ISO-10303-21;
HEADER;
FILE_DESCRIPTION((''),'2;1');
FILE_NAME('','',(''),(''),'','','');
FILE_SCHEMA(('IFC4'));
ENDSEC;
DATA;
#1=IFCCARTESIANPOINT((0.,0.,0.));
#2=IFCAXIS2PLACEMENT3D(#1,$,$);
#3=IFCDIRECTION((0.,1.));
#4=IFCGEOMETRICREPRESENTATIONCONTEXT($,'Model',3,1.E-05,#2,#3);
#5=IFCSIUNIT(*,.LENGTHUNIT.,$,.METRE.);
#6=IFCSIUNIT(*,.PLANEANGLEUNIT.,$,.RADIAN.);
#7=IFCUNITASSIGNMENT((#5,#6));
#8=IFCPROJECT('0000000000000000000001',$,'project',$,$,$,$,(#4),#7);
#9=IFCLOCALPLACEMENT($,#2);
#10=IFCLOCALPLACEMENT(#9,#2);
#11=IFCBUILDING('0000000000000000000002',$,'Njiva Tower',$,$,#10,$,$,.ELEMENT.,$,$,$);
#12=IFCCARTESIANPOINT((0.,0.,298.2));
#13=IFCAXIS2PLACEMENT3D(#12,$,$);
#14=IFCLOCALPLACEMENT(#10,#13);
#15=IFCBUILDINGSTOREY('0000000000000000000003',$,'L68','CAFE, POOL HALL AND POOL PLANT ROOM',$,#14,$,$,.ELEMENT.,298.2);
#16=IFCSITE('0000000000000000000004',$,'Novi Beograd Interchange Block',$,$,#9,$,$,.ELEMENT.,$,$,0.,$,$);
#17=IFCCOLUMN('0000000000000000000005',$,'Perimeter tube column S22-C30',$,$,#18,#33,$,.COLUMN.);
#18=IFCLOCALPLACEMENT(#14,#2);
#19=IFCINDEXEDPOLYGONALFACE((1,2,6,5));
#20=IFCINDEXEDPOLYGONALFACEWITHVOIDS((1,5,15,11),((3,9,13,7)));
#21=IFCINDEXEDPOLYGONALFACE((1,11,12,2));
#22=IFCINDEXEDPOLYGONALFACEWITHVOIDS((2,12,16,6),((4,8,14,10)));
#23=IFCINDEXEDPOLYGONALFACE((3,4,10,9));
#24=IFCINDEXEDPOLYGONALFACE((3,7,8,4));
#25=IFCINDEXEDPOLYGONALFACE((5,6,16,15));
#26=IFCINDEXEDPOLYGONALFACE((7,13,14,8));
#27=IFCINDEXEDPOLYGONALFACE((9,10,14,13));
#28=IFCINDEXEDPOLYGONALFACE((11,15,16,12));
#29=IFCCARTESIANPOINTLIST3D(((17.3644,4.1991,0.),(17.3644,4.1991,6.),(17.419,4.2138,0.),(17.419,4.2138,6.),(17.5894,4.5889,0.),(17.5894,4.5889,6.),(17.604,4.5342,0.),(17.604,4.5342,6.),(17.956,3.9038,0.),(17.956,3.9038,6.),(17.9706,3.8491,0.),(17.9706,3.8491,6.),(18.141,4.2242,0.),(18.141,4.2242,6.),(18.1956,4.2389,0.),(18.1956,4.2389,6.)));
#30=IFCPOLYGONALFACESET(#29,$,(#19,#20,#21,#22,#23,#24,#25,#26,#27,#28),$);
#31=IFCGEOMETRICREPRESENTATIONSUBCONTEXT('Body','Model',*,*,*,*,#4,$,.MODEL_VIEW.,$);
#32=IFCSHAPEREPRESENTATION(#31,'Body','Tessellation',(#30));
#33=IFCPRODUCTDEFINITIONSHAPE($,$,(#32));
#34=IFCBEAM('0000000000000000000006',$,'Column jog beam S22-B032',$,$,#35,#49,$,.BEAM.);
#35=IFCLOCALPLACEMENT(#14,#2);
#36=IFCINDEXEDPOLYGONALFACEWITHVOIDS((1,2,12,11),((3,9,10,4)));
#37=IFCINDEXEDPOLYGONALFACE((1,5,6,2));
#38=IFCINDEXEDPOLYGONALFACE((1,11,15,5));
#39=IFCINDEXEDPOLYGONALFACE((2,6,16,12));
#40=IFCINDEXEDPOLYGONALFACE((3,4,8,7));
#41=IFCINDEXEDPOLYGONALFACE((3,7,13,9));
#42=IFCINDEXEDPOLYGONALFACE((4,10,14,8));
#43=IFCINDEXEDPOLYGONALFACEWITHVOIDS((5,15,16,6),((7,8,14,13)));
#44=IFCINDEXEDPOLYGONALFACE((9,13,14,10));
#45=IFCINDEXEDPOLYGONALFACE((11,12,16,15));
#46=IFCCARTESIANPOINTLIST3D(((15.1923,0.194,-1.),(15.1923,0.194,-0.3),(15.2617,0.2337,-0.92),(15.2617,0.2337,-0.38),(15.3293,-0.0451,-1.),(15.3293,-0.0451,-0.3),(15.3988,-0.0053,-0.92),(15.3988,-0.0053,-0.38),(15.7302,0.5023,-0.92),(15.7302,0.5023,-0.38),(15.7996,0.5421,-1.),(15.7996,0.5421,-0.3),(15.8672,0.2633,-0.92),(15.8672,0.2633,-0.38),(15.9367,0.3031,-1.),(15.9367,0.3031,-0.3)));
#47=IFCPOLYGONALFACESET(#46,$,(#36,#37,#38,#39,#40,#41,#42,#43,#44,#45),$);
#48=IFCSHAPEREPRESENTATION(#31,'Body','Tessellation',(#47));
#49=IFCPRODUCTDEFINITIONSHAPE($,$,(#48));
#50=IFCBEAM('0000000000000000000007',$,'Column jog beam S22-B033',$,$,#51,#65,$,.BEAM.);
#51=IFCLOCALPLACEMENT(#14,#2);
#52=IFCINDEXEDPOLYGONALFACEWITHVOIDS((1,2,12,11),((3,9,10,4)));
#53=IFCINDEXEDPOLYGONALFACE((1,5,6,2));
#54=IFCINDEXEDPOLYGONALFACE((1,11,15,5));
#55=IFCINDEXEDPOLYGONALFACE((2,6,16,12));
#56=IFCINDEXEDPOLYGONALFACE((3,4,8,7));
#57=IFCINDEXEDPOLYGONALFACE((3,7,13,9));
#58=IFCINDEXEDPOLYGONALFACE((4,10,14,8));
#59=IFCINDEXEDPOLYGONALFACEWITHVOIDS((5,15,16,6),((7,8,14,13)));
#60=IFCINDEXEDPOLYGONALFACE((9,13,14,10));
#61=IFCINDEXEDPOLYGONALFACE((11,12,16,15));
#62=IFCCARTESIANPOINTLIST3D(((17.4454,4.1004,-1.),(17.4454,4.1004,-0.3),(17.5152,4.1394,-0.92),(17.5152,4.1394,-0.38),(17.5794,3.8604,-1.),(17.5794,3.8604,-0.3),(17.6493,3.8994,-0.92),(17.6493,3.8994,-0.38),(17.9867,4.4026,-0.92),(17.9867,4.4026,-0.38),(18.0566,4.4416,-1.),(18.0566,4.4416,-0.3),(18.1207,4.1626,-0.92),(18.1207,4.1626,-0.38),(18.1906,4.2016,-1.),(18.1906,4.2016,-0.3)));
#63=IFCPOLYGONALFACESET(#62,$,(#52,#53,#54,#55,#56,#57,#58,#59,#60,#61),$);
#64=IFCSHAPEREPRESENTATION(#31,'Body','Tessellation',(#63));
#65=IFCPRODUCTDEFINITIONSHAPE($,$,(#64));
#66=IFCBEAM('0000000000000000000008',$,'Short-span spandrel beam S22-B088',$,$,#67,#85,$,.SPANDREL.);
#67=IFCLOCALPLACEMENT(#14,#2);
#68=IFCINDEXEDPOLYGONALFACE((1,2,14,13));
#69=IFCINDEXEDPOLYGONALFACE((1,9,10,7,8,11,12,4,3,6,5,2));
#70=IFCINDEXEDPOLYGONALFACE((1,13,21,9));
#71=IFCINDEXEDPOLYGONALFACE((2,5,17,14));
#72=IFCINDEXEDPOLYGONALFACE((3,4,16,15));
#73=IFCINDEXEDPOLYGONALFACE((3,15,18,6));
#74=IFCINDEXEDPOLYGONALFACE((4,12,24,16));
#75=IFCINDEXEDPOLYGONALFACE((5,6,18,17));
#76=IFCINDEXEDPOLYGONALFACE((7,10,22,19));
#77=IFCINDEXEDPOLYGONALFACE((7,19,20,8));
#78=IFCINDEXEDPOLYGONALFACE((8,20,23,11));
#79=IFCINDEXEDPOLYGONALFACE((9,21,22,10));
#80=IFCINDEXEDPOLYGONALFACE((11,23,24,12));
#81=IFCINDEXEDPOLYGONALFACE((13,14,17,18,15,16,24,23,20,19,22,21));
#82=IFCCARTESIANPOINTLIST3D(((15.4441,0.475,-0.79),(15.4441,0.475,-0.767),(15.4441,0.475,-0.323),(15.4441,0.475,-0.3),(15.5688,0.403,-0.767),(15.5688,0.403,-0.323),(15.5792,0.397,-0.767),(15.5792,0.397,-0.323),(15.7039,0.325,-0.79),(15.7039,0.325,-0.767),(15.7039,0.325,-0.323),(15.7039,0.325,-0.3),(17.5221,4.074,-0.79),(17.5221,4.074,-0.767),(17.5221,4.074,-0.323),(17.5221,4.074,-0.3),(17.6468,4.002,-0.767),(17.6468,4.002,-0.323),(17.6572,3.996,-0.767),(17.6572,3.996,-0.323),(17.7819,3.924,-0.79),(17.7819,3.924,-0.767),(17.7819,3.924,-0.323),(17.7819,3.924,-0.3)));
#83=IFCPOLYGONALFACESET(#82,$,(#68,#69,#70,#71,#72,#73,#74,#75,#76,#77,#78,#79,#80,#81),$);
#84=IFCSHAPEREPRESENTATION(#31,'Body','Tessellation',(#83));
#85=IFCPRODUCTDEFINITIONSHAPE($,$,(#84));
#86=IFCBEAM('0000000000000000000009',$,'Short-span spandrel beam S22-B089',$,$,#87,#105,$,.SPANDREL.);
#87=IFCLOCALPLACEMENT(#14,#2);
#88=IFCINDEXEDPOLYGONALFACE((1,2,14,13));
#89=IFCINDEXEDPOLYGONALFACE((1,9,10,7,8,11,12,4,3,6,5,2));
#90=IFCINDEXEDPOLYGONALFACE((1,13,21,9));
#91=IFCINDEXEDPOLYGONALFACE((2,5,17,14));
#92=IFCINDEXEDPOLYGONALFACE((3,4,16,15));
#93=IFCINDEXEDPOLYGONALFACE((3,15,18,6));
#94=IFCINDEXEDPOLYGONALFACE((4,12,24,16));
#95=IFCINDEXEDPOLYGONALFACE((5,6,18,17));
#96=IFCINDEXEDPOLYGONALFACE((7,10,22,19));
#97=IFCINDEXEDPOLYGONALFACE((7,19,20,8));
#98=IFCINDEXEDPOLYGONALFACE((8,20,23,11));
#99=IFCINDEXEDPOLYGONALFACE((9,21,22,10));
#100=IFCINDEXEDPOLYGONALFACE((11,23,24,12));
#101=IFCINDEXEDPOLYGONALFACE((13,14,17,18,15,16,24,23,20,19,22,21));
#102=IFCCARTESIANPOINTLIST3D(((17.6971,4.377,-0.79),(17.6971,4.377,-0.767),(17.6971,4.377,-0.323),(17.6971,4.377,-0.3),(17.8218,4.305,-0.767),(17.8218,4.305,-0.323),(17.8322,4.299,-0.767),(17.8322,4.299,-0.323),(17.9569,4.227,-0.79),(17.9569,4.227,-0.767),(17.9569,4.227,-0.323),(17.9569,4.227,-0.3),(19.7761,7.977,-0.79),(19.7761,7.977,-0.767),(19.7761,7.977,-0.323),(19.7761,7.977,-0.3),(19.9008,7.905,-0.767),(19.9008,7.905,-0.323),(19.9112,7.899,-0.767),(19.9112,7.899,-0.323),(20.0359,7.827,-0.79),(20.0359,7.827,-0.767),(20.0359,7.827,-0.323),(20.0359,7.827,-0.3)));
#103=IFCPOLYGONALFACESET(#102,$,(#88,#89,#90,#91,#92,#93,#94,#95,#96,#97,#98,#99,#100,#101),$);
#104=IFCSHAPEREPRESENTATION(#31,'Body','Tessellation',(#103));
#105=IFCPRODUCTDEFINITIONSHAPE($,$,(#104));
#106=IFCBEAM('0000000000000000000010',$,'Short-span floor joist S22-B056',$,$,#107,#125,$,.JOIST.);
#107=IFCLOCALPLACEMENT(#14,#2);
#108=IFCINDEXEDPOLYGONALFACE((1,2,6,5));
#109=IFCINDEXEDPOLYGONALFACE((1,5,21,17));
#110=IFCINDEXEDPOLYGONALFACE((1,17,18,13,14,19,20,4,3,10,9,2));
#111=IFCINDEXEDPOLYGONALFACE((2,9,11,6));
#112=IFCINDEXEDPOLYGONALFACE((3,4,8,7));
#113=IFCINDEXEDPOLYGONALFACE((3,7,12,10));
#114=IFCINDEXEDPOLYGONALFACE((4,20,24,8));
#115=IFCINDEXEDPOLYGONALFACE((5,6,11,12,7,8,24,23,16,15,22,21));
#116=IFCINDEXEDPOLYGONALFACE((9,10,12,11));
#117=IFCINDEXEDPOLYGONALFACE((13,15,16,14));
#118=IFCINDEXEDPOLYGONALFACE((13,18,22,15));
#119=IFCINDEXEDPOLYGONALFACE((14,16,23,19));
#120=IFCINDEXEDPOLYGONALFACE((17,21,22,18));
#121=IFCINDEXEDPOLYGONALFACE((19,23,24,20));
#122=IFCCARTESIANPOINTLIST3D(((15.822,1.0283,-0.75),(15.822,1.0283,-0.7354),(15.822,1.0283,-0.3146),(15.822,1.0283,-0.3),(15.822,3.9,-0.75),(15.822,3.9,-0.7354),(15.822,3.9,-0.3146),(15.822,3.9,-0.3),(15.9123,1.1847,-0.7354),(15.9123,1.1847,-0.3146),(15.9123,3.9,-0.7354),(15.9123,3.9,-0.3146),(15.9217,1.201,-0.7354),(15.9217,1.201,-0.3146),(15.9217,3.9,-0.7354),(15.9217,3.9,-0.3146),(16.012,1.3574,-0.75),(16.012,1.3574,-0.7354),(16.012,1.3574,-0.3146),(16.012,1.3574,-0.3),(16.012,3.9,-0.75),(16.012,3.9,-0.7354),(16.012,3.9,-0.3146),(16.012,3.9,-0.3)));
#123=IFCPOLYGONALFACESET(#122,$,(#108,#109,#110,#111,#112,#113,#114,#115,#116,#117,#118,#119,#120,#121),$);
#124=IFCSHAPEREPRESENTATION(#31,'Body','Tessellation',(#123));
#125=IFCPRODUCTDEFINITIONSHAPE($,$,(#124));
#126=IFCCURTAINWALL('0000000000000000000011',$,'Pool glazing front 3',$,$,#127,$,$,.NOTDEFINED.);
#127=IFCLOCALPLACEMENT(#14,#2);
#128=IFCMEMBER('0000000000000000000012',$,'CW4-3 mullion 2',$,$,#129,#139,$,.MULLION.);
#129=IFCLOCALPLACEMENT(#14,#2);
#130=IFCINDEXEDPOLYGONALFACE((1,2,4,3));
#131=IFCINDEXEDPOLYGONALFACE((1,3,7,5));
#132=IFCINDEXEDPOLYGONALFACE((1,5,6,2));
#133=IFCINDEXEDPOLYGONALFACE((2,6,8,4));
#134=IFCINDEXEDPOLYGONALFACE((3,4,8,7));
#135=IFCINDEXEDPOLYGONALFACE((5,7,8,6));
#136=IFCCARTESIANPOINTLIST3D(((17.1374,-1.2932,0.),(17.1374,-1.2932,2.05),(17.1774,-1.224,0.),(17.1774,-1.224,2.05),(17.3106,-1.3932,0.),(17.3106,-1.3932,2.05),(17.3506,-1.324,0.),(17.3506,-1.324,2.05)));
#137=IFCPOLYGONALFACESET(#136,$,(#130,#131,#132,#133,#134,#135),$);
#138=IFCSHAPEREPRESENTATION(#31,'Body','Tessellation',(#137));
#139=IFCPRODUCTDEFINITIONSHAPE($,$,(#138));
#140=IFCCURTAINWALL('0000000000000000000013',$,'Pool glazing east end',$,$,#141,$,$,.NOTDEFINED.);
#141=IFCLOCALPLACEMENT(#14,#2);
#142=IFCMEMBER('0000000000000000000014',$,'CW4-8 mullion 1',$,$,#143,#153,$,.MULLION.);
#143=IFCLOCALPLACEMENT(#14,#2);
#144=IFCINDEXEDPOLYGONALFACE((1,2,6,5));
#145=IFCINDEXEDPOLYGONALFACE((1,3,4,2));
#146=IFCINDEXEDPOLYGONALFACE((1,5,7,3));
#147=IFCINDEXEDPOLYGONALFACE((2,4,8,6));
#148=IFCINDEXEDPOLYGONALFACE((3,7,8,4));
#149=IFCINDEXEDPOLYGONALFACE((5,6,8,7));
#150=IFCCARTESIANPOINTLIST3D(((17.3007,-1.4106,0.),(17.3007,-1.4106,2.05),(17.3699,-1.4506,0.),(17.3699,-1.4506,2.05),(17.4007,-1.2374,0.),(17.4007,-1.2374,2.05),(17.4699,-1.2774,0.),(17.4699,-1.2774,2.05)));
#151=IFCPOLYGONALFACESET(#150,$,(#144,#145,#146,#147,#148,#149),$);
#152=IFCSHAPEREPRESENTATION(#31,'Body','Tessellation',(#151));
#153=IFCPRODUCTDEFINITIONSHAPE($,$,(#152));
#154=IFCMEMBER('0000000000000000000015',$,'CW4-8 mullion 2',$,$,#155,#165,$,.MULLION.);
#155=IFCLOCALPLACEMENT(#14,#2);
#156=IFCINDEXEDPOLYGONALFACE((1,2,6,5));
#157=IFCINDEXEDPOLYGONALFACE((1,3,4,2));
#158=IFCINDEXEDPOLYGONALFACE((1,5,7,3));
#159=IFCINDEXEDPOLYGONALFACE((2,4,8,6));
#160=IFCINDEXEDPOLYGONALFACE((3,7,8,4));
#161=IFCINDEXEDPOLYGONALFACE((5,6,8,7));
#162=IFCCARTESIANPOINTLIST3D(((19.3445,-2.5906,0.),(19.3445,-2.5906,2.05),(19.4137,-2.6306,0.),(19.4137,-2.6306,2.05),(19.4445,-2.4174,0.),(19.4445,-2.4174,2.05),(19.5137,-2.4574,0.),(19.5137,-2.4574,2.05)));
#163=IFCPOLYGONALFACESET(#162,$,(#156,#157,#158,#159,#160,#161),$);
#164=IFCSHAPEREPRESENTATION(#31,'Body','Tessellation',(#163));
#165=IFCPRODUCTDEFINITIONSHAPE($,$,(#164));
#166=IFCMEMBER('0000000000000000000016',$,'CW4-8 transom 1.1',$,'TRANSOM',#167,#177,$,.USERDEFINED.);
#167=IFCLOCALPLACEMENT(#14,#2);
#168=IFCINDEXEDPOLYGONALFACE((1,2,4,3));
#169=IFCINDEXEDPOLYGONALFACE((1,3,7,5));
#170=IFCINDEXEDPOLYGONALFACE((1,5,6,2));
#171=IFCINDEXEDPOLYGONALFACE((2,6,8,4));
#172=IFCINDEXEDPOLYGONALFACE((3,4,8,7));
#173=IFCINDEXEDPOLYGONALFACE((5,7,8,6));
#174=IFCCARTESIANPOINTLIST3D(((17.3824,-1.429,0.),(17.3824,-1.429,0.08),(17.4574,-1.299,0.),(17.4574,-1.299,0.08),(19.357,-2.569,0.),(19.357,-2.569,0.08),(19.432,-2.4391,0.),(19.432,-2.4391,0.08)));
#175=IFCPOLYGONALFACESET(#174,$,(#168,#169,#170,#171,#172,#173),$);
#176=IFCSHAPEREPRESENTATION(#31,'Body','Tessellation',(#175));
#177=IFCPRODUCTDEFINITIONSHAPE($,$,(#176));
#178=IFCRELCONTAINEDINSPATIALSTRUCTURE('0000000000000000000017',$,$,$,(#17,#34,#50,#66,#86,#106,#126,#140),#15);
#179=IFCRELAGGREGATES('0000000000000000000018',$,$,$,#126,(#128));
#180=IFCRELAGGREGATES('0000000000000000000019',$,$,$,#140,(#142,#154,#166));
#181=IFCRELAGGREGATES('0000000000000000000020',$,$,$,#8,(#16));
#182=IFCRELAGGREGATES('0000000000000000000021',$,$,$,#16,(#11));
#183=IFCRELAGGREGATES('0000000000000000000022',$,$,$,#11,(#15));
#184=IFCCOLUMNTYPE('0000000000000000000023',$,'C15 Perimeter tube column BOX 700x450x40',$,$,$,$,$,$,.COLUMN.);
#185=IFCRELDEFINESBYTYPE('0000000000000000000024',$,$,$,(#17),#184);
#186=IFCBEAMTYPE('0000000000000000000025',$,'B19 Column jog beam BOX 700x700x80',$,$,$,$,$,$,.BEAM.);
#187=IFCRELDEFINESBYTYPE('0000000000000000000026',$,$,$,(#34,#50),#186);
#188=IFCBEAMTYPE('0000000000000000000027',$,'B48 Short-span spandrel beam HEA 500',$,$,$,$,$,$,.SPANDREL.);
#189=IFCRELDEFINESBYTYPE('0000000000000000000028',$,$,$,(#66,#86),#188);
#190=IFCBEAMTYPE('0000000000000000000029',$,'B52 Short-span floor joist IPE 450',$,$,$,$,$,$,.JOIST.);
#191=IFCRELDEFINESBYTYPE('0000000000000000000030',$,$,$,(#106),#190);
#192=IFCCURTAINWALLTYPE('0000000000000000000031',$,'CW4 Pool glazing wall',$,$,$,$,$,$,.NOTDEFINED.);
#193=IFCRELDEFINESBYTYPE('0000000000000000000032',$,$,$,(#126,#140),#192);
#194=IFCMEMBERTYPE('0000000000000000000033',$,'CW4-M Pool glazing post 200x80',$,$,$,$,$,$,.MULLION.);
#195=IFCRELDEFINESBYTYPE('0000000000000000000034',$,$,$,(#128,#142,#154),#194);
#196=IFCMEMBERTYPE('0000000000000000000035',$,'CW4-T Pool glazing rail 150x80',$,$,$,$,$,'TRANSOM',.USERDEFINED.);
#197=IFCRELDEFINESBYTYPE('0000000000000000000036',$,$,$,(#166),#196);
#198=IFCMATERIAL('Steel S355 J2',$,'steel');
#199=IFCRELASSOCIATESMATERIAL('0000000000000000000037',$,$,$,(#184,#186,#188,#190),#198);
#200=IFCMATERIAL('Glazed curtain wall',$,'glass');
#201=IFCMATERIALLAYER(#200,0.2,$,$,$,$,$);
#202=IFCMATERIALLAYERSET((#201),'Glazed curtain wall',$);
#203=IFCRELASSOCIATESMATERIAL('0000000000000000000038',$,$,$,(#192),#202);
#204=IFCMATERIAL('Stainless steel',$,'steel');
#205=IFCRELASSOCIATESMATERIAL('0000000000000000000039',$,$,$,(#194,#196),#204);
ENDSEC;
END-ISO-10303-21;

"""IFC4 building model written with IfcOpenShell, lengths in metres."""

from ifc_helpers import new_model, si_unit, direction, frame, origin, origin_2d, place, context, subcontext, project, spatial, rectangle, hollow_rectangle, i_section, extrude, clip, halfspace, material, layer, layer_set, material_profile, profile_set, type_object, element, aggregate, save


model = new_model("IFC4")

# Units and contexts
model_context = context("Model", 3, precision=1e-05, world=origin(), true_north=direction((0.0, 1.0)))
body_context = subcontext(model_context, "Body", "Model", "MODEL_VIEW")
ifc_project = project(units=[si_unit("LENGTHUNIT", "METRE"), si_unit("PLANEANGLEUNIT", "RADIAN")], contexts=[model_context])

# Site, building, storey
site_placement = place(None, origin())
site = spatial("IfcSite", under=ifc_project, at=site_placement, Name="Novi Beograd Interchange Block", CompositionType="ELEMENT", RefElevation=0.0)
building_placement = place(site_placement, origin())
building = spatial("IfcBuilding", under=site, at=building_placement, Name="Njiva Tower", CompositionType="ELEMENT")
storey_placement = place(building_placement, frame((0.0, 0.0, 298.2)))
storey = spatial("IfcBuildingStorey", under=building, at=storey_placement, Name="L68", Description="CAFE, POOL HALL AND POOL PLANT ROOM", CompositionType="ELEMENT", Elevation=298.2)

# Column
ifc_material_1 = material(Name="Steel S355 J2", Category="steel")
ifc_material_profile_1 = material_profile(ifc_material_1, hollow_rectangle(XDim=0.45, YDim=0.7, WallThickness=0.04, at=origin_2d()), Name="BOX 700x450x40")
ifc_profile_set_1 = profile_set([ifc_material_profile_1], Name="Steel S355 J2")
column_type = type_object("IfcColumnType", Name="C15 Perimeter tube column BOX 700x450x40", PredefinedType="COLUMN", material=ifc_profile_set_1)
column_placement = place(storey_placement, frame((17.78, 4.219, 0.0), z_axis=(0.0, 0.0, 1.0), x_axis=(0.5, 0.866025, 0.0)))
element("IfcColumn", 1, at=column_placement, inside=storey, type_object=column_type, Name="Perimeter tube column S22-C30", PredefinedType="COLUMN", context=body_context, shape_type="SweptSolid", body=[
    extrude(hollow_rectangle(XDim=0.45, YDim=0.7, WallThickness=0.04, at=origin_2d()), origin(), (0.0, 0.0, 1.0), 6.0),
])

# Beams
ifc_material_profile_2 = material_profile(ifc_material_1, hollow_rectangle(XDim=0.7, YDim=0.7, WallThickness=0.08, at=origin_2d()), Name="BOX 700x700x80")
ifc_profile_set_2 = profile_set([ifc_material_profile_2], Name="Steel S355 J2")
beam_type_1 = type_object("IfcBeamType", Name="B19 Column jog beam BOX 700x700x80", PredefinedType="BEAM", material=ifc_profile_set_2)
beam_1_placement = place(storey_placement, frame((15.633, 0.129, -0.65), z_axis=(-0.497311, 0.867572, 0.0), x_axis=(-0.867572, -0.497311, 0.0)))
element("IfcBeam", 2, at=beam_1_placement, inside=storey, type_object=beam_type_1, Name="Column jog beam S22-B032", PredefinedType="BEAM", context=body_context, shape_type="SweptSolid", body=[
    extrude(hollow_rectangle(XDim=0.7, YDim=0.7, WallThickness=0.08, at=origin_2d()), origin(), (0.0, 0.0, 1.0), 0.2755),
])
beam_2_placement = place(storey_placement, frame((17.885, 4.031, -0.65), z_axis=(-0.487495, 0.873126, 0.0), x_axis=(-0.873126, -0.487495, 0.0)))
element("IfcBeam", 3, at=beam_2_placement, inside=storey, type_object=beam_type_1, Name="Column jog beam S22-B033", PredefinedType="BEAM", context=body_context, shape_type="SweptSolid", body=[
    extrude(hollow_rectangle(XDim=0.7, YDim=0.7, WallThickness=0.08, at=origin_2d()), origin(), (0.0, 0.0, 1.0), 0.2749),
])
ifc_material_profile_3 = material_profile(ifc_material_1, i_section(OverallWidth=0.3, OverallDepth=0.49, WebThickness=0.012, FlangeThickness=0.023, at=origin_2d()), Name="HEA 500")
ifc_profile_set_3 = profile_set([ifc_material_profile_3], Name="Steel S355 J2")
beam_type_2 = type_object("IfcBeamType", Name="B48 Short-span spandrel beam HEA 500", PredefinedType="SPANDREL", material=ifc_profile_set_3)
beam_3_placement = place(storey_placement, frame((15.574, 0.4, -0.545), z_axis=(0.500021, 0.866013, 0.0), x_axis=(-0.866013, 0.500021, 0.0)))
element("IfcBeam", 4, at=beam_3_placement, inside=storey, type_object=beam_type_2, Name="Short-span spandrel beam S22-B088", PredefinedType="SPANDREL", context=body_context, shape_type="SweptSolid", body=[
    extrude(i_section(OverallWidth=0.3, OverallDepth=0.49, WebThickness=0.012, FlangeThickness=0.023, at=origin_2d()), origin(), (0.0, 0.0, 1.0), 4.1558),
])
beam_4_placement = place(storey_placement, frame((17.827, 4.302, -0.545), z_axis=(0.500097, 0.865969, 0.0), x_axis=(-0.865969, 0.500097, 0.0)))
element("IfcBeam", 5, at=beam_4_placement, inside=storey, type_object=beam_type_2, Name="Short-span spandrel beam S22-B089", PredefinedType="SPANDREL", context=body_context, shape_type="SweptSolid", body=[
    extrude(i_section(OverallWidth=0.3, OverallDepth=0.49, WebThickness=0.012, FlangeThickness=0.023, at=origin_2d()), origin(), (0.0, 0.0, 1.0), 4.1572),
])
ifc_material_profile_4 = material_profile(ifc_material_1, i_section(OverallWidth=0.19, OverallDepth=0.45, WebThickness=0.0094, FlangeThickness=0.0146, at=origin_2d()), Name="IPE 450")
ifc_profile_set_4 = profile_set([ifc_material_profile_4], Name="Steel S355 J2")
beam_type_3 = type_object("IfcBeamType", Name="B52 Short-span floor joist IPE 450", PredefinedType="JOIST", material=ifc_profile_set_4)
beam_5_placement = place(storey_placement, frame((15.917, 3.9, -0.525), z_axis=(0.0, -1.0, 0.0), x_axis=(1.0, 0.0, 0.0)))
element("IfcBeam", 6, at=beam_5_placement, inside=storey, type_object=beam_type_3, Name="Short-span floor joist S22-B056", PredefinedType="JOIST", context=body_context, shape_type="Clipping", body=[
    clip(extrude(i_section(OverallWidth=0.19, OverallDepth=0.45, WebThickness=0.0094, FlangeThickness=0.0146, at=origin_2d()), origin(), (0.0, 0.0, 1.0), 2.893), halfspace(frame((0.043, 0.0, 2.6327), z_axis=(0.866027, 0.0, 0.499998), x_axis=(0.0, 1.0, 0.0)), False)),
])

# Curtain wall, member
ifc_material_2 = material(Name="Glazed curtain wall", Category="glass")
ifc_layer_1 = layer(ifc_material_2, 0.2)
ifc_layer_set_1 = layer_set([ifc_layer_1], Name="Glazed curtain wall")
curtain_wall_type = type_object("IfcCurtainWallType", Name="CW4 Pool glazing wall", PredefinedType="NOTDEFINED", material=ifc_layer_set_1)
curtain_wall_1_placement = place(storey_placement, origin())
curtain_wall_1 = element("IfcCurtainWall", 7, at=curtain_wall_1_placement, inside=storey, type_object=curtain_wall_type, Name="Pool glazing front 3", PredefinedType="NOTDEFINED")
ifc_material_3 = material(Name="Stainless steel", Category="steel")
ifc_material_profile_5 = material_profile(ifc_material_3, rectangle(XDim=0.2, YDim=0.08, at=origin_2d()), Name="RECT 200x80")
ifc_profile_set_5 = profile_set([ifc_material_profile_5], Name="Stainless steel")
member_type_1 = type_object("IfcMemberType", Name="CW4-M Pool glazing post 200x80", PredefinedType="MULLION", material=ifc_profile_set_5)
member_1_placement = place(storey_placement, frame((17.244, -1.3086, 0.0), z_axis=(0.0, 0.0, 1.0), x_axis=(-0.866025, 0.5, 0.0)))
member_1 = element("IfcMember", 8, at=member_1_placement, type_object=member_type_1, Name="CW4-3 mullion 2", PredefinedType="MULLION", context=body_context, shape_type="SweptSolid", body=[
    extrude(rectangle(XDim=0.2, YDim=0.08, at=origin_2d()), origin(), (0.0, 0.0, 1.0), 2.05),
])

# Curtain wall, members
curtain_wall_2_placement = place(storey_placement, origin())
curtain_wall_2 = element("IfcCurtainWall", 9, at=curtain_wall_2_placement, inside=storey, type_object=curtain_wall_type, Name="Pool glazing east end", PredefinedType="NOTDEFINED")
member_2_placement = place(storey_placement, frame((17.3853, -1.344, 0.0), z_axis=(0.0, 0.0, 1.0), x_axis=(0.5, 0.866025, 0.0)))
member_2 = element("IfcMember", 10, at=member_2_placement, type_object=member_type_1, Name="CW4-8 mullion 1", PredefinedType="MULLION", context=body_context, shape_type="SweptSolid", body=[
    extrude(rectangle(XDim=0.2, YDim=0.08, at=origin_2d()), origin(), (0.0, 0.0, 1.0), 2.05),
])
member_3_placement = place(storey_placement, frame((19.4291, -2.524, 0.0), z_axis=(0.0, 0.0, 1.0), x_axis=(0.5, 0.866025, 0.0)))
member_3 = element("IfcMember", 11, at=member_3_placement, type_object=member_type_1, Name="CW4-8 mullion 2", PredefinedType="MULLION", context=body_context, shape_type="SweptSolid", body=[
    extrude(rectangle(XDim=0.2, YDim=0.08, at=origin_2d()), origin(), (0.0, 0.0, 1.0), 2.05),
])
ifc_material_profile_6 = material_profile(ifc_material_3, rectangle(XDim=0.15, YDim=0.08, at=origin_2d()), Name="RECT 150x80")
ifc_profile_set_6 = profile_set([ifc_material_profile_6], Name="Stainless steel")
member_type_2 = type_object("IfcMemberType", Name="CW4-T Pool glazing rail 150x80", ElementType="TRANSOM", PredefinedType="USERDEFINED", material=ifc_profile_set_6)
member_4_placement = place(storey_placement, frame((17.4199, -1.364, 0.04), z_axis=(0.866032, -0.499988, 0.0), x_axis=(0.499988, 0.866032, 0.0)))
member_4 = element("IfcMember", 12, at=member_4_placement, type_object=member_type_2, Name="CW4-8 transom 1.1", ObjectType="TRANSOM", PredefinedType="USERDEFINED", context=body_context, shape_type="SweptSolid", body=[
    extrude(rectangle(XDim=0.15, YDim=0.08, at=origin_2d()), origin(), (0.0, 0.0, 1.0), 2.2801),
])

aggregate(curtain_wall_1, [member_1])
aggregate(curtain_wall_2, [member_2, member_3, member_4])

save(model, "model.ifc")
